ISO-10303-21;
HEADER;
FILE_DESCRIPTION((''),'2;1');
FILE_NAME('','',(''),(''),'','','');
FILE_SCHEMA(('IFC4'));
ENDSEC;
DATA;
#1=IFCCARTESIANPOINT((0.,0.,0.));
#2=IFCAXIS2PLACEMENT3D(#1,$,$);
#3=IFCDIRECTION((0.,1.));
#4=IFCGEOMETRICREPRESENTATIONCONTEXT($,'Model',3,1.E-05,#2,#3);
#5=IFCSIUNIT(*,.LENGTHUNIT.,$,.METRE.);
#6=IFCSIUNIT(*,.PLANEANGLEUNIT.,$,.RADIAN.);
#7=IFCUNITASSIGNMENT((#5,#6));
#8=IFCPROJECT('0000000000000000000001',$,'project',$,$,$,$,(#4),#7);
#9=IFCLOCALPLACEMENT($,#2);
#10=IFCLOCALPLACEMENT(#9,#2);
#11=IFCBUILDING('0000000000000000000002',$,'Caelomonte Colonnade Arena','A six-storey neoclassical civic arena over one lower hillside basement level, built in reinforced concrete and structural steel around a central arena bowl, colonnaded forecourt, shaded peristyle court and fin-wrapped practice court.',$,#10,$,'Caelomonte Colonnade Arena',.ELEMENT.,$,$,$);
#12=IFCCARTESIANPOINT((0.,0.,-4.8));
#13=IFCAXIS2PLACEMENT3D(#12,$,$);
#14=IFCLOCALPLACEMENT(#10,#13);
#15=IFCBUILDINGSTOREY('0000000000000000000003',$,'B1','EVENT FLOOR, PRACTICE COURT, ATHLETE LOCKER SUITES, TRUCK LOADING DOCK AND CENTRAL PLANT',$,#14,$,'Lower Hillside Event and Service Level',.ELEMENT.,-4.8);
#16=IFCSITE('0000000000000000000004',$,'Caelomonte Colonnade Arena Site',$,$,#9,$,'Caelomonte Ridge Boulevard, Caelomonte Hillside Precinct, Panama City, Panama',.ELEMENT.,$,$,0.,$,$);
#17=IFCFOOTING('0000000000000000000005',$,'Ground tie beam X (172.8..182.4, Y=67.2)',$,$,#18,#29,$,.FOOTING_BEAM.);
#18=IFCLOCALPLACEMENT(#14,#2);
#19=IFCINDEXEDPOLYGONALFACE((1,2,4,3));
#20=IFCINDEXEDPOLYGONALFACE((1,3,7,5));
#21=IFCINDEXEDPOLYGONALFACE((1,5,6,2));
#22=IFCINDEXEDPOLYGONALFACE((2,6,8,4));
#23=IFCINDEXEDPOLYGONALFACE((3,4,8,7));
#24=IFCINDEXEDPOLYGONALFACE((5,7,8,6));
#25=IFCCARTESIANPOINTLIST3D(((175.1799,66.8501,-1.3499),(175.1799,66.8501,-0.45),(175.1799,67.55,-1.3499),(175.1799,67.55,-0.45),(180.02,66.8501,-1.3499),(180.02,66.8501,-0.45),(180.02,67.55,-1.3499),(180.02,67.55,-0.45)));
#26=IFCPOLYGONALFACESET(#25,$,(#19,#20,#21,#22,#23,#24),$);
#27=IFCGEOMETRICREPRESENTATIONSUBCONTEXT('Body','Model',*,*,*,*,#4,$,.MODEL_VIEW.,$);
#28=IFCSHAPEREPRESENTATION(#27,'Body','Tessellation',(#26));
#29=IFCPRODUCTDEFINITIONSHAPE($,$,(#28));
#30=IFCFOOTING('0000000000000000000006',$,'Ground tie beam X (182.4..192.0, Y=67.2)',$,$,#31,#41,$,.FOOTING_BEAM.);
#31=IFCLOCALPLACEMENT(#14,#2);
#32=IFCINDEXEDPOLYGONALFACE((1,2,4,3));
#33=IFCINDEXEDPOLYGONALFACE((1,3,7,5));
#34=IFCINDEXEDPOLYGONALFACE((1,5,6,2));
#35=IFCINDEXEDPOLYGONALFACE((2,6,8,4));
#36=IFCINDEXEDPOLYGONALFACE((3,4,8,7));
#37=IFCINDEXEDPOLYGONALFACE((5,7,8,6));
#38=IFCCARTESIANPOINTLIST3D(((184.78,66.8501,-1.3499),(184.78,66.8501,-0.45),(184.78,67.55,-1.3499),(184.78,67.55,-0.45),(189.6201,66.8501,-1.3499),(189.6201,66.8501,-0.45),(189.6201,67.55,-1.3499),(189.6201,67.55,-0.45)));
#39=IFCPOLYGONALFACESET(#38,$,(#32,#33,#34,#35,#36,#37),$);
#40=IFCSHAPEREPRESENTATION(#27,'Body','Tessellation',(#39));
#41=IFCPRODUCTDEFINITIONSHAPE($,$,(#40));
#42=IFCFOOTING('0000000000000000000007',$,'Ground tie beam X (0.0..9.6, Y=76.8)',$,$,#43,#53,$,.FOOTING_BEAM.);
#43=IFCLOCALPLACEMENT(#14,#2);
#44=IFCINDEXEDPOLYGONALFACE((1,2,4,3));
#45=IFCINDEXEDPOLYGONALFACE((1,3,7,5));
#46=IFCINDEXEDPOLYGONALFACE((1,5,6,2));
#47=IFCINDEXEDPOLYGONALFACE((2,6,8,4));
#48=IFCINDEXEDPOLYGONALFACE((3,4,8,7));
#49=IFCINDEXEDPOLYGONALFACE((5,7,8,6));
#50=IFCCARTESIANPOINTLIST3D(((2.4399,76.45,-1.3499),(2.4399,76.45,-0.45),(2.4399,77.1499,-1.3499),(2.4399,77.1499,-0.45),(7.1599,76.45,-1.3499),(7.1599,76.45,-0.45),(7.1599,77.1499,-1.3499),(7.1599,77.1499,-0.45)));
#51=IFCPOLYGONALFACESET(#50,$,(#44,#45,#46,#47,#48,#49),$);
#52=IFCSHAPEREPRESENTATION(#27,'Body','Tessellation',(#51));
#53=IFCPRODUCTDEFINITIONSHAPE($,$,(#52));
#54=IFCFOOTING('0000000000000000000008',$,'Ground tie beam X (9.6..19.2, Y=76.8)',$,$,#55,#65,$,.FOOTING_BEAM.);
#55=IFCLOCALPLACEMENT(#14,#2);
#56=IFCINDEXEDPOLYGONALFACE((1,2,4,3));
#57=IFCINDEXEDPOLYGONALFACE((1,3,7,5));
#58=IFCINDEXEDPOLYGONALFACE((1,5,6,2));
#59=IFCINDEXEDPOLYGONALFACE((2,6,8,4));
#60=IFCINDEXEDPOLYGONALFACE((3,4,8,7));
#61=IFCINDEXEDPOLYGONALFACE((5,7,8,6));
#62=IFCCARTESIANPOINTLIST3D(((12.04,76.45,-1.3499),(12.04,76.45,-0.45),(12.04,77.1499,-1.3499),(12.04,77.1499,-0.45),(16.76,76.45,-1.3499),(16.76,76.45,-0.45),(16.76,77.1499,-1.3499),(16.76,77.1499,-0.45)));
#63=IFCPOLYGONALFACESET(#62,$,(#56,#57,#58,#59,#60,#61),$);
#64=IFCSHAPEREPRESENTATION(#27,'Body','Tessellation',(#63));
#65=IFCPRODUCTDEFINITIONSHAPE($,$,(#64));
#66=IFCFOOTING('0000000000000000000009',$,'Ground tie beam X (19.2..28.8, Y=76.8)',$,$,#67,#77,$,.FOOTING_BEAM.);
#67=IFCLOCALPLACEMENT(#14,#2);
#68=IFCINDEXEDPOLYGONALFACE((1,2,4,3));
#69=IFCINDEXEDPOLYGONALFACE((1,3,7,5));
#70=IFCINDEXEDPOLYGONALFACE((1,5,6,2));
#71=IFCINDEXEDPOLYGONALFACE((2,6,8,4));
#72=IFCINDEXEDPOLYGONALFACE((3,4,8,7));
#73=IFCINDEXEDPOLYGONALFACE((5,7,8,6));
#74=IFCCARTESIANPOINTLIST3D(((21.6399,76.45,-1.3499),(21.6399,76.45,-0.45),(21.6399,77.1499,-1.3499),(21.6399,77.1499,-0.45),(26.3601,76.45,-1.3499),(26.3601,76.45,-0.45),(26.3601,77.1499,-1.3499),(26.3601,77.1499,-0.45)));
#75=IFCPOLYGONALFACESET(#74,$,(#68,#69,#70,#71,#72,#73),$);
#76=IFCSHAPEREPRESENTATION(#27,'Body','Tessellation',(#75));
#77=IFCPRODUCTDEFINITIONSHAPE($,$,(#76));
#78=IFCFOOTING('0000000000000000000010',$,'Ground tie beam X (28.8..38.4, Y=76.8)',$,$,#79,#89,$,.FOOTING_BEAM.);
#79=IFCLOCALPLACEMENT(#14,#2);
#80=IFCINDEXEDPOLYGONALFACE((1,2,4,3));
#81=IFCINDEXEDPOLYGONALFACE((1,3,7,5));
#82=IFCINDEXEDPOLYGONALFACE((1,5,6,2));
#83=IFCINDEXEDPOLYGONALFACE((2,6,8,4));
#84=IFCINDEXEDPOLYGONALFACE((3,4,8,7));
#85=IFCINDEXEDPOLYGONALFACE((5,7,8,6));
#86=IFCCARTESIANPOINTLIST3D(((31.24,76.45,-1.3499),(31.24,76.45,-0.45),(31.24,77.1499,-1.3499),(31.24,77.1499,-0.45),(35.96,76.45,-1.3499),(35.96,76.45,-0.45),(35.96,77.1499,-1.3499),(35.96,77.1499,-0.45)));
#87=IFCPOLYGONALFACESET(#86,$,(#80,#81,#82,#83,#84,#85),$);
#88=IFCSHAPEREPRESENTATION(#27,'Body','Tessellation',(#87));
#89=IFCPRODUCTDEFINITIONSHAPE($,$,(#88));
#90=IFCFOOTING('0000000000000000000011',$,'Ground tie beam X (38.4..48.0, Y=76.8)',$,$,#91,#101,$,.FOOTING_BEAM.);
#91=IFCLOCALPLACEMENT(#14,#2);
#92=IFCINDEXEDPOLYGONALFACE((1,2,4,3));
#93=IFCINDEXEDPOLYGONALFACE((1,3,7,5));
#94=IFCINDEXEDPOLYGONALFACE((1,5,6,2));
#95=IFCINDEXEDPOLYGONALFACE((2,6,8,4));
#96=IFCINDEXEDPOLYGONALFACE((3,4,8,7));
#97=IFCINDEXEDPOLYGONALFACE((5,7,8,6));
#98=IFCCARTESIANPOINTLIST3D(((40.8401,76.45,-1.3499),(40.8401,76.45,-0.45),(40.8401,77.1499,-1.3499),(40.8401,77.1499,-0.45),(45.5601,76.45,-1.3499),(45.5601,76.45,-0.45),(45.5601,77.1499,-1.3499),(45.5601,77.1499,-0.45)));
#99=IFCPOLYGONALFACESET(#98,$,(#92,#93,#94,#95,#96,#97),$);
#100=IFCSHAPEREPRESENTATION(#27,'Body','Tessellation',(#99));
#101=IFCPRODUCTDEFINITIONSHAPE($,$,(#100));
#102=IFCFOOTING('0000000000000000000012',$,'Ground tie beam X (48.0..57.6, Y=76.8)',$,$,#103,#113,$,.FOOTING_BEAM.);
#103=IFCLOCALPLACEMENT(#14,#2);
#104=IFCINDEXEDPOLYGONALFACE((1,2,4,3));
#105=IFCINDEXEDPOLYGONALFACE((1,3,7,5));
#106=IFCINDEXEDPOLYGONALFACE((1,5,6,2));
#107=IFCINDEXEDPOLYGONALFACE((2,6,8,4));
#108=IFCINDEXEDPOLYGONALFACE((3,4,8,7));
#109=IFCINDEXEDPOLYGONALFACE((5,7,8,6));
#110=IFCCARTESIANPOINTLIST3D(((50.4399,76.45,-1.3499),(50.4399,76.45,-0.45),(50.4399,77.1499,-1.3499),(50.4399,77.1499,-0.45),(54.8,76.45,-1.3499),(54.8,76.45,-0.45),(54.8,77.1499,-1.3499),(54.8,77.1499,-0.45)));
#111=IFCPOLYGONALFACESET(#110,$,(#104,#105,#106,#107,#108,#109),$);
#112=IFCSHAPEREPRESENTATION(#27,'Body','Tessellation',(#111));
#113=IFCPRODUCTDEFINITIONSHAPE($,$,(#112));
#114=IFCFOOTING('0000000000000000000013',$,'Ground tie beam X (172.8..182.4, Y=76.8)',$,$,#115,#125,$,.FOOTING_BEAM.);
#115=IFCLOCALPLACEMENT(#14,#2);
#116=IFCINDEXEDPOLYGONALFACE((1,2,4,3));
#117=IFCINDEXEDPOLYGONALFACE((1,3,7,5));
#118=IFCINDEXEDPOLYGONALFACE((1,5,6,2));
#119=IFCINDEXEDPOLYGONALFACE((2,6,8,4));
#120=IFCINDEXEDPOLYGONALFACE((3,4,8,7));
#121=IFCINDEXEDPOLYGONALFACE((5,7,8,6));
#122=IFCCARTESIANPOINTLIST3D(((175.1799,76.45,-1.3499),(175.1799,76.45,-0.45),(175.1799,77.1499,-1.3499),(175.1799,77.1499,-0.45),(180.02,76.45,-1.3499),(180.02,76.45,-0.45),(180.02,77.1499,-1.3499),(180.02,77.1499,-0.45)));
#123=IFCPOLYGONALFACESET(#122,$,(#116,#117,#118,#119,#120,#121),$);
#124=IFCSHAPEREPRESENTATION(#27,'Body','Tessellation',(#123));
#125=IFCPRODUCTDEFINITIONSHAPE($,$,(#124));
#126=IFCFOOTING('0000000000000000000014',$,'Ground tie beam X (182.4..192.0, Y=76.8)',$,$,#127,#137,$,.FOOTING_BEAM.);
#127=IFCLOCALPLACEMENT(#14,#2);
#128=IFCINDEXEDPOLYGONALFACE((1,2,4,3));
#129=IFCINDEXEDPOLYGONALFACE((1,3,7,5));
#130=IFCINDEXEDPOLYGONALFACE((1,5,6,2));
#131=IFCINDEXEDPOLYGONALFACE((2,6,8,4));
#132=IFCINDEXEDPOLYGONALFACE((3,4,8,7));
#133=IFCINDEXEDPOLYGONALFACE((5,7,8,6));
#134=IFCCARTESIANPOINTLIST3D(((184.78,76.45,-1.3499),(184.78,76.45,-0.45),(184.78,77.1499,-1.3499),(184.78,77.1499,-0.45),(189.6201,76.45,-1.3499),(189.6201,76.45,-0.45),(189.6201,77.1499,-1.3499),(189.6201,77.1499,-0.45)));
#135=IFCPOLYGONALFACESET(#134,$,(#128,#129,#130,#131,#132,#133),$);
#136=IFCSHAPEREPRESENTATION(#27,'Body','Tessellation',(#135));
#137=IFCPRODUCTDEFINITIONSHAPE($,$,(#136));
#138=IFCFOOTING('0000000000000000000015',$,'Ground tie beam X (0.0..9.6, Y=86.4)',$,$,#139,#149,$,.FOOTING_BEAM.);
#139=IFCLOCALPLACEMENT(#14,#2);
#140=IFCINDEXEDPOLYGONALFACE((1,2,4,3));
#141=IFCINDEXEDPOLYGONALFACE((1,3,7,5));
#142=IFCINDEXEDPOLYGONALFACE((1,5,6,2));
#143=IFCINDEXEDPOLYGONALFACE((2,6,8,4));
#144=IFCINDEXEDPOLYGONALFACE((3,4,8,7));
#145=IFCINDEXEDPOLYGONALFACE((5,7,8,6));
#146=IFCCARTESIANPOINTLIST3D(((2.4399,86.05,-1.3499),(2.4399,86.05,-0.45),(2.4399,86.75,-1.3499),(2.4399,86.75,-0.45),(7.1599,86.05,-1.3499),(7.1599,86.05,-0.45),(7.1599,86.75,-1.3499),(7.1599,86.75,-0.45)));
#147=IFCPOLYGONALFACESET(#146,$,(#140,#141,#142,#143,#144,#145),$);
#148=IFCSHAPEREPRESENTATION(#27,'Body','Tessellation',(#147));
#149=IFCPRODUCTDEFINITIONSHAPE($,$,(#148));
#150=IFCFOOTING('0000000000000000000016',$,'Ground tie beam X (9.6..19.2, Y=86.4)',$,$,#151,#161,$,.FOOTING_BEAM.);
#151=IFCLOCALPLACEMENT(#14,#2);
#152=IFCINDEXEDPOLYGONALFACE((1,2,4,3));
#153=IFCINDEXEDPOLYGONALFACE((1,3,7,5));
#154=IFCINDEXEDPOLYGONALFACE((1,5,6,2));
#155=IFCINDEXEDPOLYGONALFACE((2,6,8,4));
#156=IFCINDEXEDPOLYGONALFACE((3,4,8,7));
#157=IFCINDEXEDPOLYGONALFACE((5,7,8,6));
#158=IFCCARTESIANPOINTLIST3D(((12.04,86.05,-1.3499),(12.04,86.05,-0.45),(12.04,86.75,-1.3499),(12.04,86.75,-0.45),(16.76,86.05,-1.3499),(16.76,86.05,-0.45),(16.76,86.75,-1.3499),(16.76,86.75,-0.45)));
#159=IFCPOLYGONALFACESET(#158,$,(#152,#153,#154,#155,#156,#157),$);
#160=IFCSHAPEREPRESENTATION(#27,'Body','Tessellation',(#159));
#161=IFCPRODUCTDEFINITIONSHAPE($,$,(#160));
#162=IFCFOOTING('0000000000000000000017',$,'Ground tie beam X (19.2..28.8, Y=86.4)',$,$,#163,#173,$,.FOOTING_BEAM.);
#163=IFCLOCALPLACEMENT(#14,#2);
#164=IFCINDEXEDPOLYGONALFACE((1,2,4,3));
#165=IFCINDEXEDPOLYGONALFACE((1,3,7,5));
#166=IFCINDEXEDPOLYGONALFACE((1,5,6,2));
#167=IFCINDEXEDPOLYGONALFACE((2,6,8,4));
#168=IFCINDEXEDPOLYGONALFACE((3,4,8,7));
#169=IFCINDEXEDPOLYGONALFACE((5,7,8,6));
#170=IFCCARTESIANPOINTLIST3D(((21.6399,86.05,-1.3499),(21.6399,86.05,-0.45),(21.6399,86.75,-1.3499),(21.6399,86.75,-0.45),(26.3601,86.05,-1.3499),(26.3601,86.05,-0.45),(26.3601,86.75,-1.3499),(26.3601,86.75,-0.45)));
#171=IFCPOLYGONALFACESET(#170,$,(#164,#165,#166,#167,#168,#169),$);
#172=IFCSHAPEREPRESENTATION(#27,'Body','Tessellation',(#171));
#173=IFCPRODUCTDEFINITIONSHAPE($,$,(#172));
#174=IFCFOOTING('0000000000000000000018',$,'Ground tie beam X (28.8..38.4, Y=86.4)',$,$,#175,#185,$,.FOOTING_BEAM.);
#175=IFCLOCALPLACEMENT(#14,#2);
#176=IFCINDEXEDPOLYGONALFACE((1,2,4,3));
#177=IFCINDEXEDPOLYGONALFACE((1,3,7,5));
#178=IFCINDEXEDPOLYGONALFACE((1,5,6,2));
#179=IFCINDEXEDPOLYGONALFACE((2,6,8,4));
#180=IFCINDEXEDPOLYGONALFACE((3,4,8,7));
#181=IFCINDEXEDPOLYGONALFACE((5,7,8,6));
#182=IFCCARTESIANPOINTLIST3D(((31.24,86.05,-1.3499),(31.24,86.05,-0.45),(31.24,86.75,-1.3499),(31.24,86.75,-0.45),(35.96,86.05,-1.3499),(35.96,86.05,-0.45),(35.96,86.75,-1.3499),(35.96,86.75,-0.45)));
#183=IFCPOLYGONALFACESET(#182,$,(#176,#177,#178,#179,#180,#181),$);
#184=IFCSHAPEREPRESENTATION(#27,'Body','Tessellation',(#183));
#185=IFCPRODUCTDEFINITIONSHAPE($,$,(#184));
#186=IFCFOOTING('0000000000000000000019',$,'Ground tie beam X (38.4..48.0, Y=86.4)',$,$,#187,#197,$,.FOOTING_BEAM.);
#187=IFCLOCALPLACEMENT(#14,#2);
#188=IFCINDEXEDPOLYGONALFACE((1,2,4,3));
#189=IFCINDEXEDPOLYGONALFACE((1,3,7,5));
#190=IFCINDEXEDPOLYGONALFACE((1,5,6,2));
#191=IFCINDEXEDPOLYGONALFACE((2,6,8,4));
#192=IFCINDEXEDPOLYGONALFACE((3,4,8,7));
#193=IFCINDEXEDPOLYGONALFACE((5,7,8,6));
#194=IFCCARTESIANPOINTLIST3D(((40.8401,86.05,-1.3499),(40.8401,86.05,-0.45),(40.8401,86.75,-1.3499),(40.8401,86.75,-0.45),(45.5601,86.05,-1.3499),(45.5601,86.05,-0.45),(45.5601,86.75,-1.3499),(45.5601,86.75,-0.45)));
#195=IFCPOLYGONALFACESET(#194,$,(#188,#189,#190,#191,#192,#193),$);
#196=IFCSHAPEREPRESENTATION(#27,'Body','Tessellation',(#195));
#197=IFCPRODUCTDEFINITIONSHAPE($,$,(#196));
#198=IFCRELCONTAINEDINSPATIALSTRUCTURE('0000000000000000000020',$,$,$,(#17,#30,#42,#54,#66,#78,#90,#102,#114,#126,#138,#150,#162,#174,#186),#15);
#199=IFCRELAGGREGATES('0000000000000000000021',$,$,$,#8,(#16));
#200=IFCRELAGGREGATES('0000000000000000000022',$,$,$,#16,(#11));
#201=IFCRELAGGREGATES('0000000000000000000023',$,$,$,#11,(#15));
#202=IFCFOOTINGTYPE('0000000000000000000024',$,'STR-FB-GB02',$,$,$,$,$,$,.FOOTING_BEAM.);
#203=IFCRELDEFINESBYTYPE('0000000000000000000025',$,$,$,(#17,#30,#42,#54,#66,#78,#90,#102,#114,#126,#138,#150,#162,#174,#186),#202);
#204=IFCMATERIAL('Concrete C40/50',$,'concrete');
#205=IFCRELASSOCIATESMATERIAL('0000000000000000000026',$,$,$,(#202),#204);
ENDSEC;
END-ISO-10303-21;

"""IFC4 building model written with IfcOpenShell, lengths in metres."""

from ifc_helpers import new_model, si_unit, direction, frame, origin, place, context, subcontext, project, spatial, polyline, outline, extrude, material, type_object, element, save


model = new_model("IFC4")

# Units and contexts
model_context = context("Model", 3, precision=1e-05, world=origin(), true_north=direction((0.0, 1.0)))
body_context = subcontext(model_context, "Body", "Model", "MODEL_VIEW")
ifc_project = project(units=[si_unit("LENGTHUNIT", "METRE"), si_unit("PLANEANGLEUNIT", "RADIAN")], contexts=[model_context])

# Site, building, storey
site_placement = place(None, origin())
site = spatial("IfcSite", under=ifc_project, at=site_placement, Name="Caelomonte Colonnade Arena Site", LongName="Caelomonte Ridge Boulevard, Caelomonte Hillside Precinct, Panama City, Panama", CompositionType="ELEMENT", RefElevation=0.0)
building_placement = place(site_placement, origin())
building = spatial("IfcBuilding", under=site, at=building_placement, Name="Caelomonte Colonnade Arena", Description="A six-storey neoclassical civic arena over one lower hillside basement level, built in reinforced concrete and structural steel around a central arena bowl, colonnaded forecourt, shaded peristyle court and fin-wrapped practice court.", LongName="Caelomonte Colonnade Arena", CompositionType="ELEMENT")
storey_placement = place(building_placement, frame((0.0, 0.0, -4.8)))
storey = spatial("IfcBuildingStorey", under=building, at=storey_placement, Name="B1", Description="EVENT FLOOR, PRACTICE COURT, ATHLETE LOCKER SUITES, TRUCK LOADING DOCK AND CENTRAL PLANT", LongName="Lower Hillside Event and Service Level", CompositionType="ELEMENT", Elevation=-4.8)

# Footings
ifc_material = material(Name="Concrete C40/50", Category="concrete")
footing_type = type_object("IfcFootingType", Name="STR-FB-GB02", PredefinedType="FOOTING_BEAM", material=ifc_material)
footing_1_placement = place(storey_placement, frame((0.0, 0.0, -1.3499)))
element("IfcFooting", 1, at=footing_1_placement, inside=storey, type_object=footing_type, Name="Ground tie beam X (172.8..182.4, Y=67.2)", PredefinedType="FOOTING_BEAM", context=body_context, shape_type="SweptSolid", body=[
    extrude(outline(polyline([(175.1799, 66.8501), (180.02, 66.8501), (180.02, 67.55), (175.1799, 67.55), (175.1799, 66.8501)])), origin(), (0.0, 0.0, 1.0), 0.8999),
])
footing_2_placement = place(storey_placement, frame((0.0, 0.0, -1.3499)))
element("IfcFooting", 2, at=footing_2_placement, inside=storey, type_object=footing_type, Name="Ground tie beam X (182.4..192.0, Y=67.2)", PredefinedType="FOOTING_BEAM", context=body_context, shape_type="SweptSolid", body=[
    extrude(outline(polyline([(184.78, 66.8501), (189.6201, 66.8501), (189.6201, 67.55), (184.78, 67.55), (184.78, 66.8501)])), origin(), (0.0, 0.0, 1.0), 0.8999),
])
footing_3_placement = place(storey_placement, frame((0.0, 0.0, -1.3499)))
element("IfcFooting", 3, at=footing_3_placement, inside=storey, type_object=footing_type, Name="Ground tie beam X (0.0..9.6, Y=76.8)", PredefinedType="FOOTING_BEAM", context=body_context, shape_type="SweptSolid", body=[
    extrude(outline(polyline([(2.4399, 76.45), (7.1599, 76.45), (7.1599, 77.1499), (2.4399, 77.1499), (2.4399, 76.45)])), origin(), (0.0, 0.0, 1.0), 0.8999),
])
footing_4_placement = place(storey_placement, frame((0.0, 0.0, -1.3499)))
element("IfcFooting", 4, at=footing_4_placement, inside=storey, type_object=footing_type, Name="Ground tie beam X (9.6..19.2, Y=76.8)", PredefinedType="FOOTING_BEAM", context=body_context, shape_type="SweptSolid", body=[
    extrude(outline(polyline([(12.04, 76.45), (16.76, 76.45), (16.76, 77.1499), (12.04, 77.1499), (12.04, 76.45)])), origin(), (0.0, 0.0, 1.0), 0.8999),
])
footing_5_placement = place(storey_placement, frame((0.0, 0.0, -1.3499)))
element("IfcFooting", 5, at=footing_5_placement, inside=storey, type_object=footing_type, Name="Ground tie beam X (19.2..28.8, Y=76.8)", PredefinedType="FOOTING_BEAM", context=body_context, shape_type="SweptSolid", body=[
    extrude(outline(polyline([(21.6399, 76.45), (26.3601, 76.45), (26.3601, 77.1499), (21.6399, 77.1499), (21.6399, 76.45)])), origin(), (0.0, 0.0, 1.0), 0.8999),
])
footing_6_placement = place(storey_placement, frame((0.0, 0.0, -1.3499)))
element("IfcFooting", 6, at=footing_6_placement, inside=storey, type_object=footing_type, Name="Ground tie beam X (28.8..38.4, Y=76.8)", PredefinedType="FOOTING_BEAM", context=body_context, shape_type="SweptSolid", body=[
    extrude(outline(polyline([(31.24, 76.45), (35.96, 76.45), (35.96, 77.1499), (31.24, 77.1499), (31.24, 76.45)])), origin(), (0.0, 0.0, 1.0), 0.8999),
])
footing_7_placement = place(storey_placement, frame((0.0, 0.0, -1.3499)))
element("IfcFooting", 7, at=footing_7_placement, inside=storey, type_object=footing_type, Name="Ground tie beam X (38.4..48.0, Y=76.8)", PredefinedType="FOOTING_BEAM", context=body_context, shape_type="SweptSolid", body=[
    extrude(outline(polyline([(40.8401, 76.45), (45.5601, 76.45), (45.5601, 77.1499), (40.8401, 77.1499), (40.8401, 76.45)])), origin(), (0.0, 0.0, 1.0), 0.8999),
])
footing_8_placement = place(storey_placement, frame((0.0, 0.0, -1.3499)))
element("IfcFooting", 8, at=footing_8_placement, inside=storey, type_object=footing_type, Name="Ground tie beam X (48.0..57.6, Y=76.8)", PredefinedType="FOOTING_BEAM", context=body_context, shape_type="SweptSolid", body=[
    extrude(outline(polyline([(50.4399, 76.45), (54.8, 76.45), (54.8, 77.1499), (50.4399, 77.1499), (50.4399, 76.45)])), origin(), (0.0, 0.0, 1.0), 0.8999),
])
footing_9_placement = place(storey_placement, frame((0.0, 0.0, -1.3499)))
element("IfcFooting", 9, at=footing_9_placement, inside=storey, type_object=footing_type, Name="Ground tie beam X (172.8..182.4, Y=76.8)", PredefinedType="FOOTING_BEAM", context=body_context, shape_type="SweptSolid", body=[
    extrude(outline(polyline([(175.1799, 76.45), (180.02, 76.45), (180.02, 77.1499), (175.1799, 77.1499), (175.1799, 76.45)])), origin(), (0.0, 0.0, 1.0), 0.8999),
])
footing_10_placement = place(storey_placement, frame((0.0, 0.0, -1.3499)))
element("IfcFooting", 10, at=footing_10_placement, inside=storey, type_object=footing_type, Name="Ground tie beam X (182.4..192.0, Y=76.8)", PredefinedType="FOOTING_BEAM", context=body_context, shape_type="SweptSolid", body=[
    extrude(outline(polyline([(184.78, 76.45), (189.6201, 76.45), (189.6201, 77.1499), (184.78, 77.1499), (184.78, 76.45)])), origin(), (0.0, 0.0, 1.0), 0.8999),
])
footing_11_placement = place(storey_placement, frame((0.0, 0.0, -1.3499)))
element("IfcFooting", 11, at=footing_11_placement, inside=storey, type_object=footing_type, Name="Ground tie beam X (0.0..9.6, Y=86.4)", PredefinedType="FOOTING_BEAM", context=body_context, shape_type="SweptSolid", body=[
    extrude(outline(polyline([(2.4399, 86.05), (7.1599, 86.05), (7.1599, 86.75), (2.4399, 86.75), (2.4399, 86.05)])), origin(), (0.0, 0.0, 1.0), 0.8999),
])
footing_12_placement = place(storey_placement, frame((0.0, 0.0, -1.3499)))
element("IfcFooting", 12, at=footing_12_placement, inside=storey, type_object=footing_type, Name="Ground tie beam X (9.6..19.2, Y=86.4)", PredefinedType="FOOTING_BEAM", context=body_context, shape_type="SweptSolid", body=[
    extrude(outline(polyline([(12.04, 86.05), (16.76, 86.05), (16.76, 86.75), (12.04, 86.75), (12.04, 86.05)])), origin(), (0.0, 0.0, 1.0), 0.8999),
])
footing_13_placement = place(storey_placement, frame((0.0, 0.0, -1.3499)))
element("IfcFooting", 13, at=footing_13_placement, inside=storey, type_object=footing_type, Name="Ground tie beam X (19.2..28.8, Y=86.4)", PredefinedType="FOOTING_BEAM", context=body_context, shape_type="SweptSolid", body=[
    extrude(outline(polyline([(21.6399, 86.05), (26.3601, 86.05), (26.3601, 86.75), (21.6399, 86.75), (21.6399, 86.05)])), origin(), (0.0, 0.0, 1.0), 0.8999),
])
footing_14_placement = place(storey_placement, frame((0.0, 0.0, -1.3499)))
element("IfcFooting", 14, at=footing_14_placement, inside=storey, type_object=footing_type, Name="Ground tie beam X (28.8..38.4, Y=86.4)", PredefinedType="FOOTING_BEAM", context=body_context, shape_type="SweptSolid", body=[
    extrude(outline(polyline([(31.24, 86.05), (35.96, 86.05), (35.96, 86.75), (31.24, 86.75), (31.24, 86.05)])), origin(), (0.0, 0.0, 1.0), 0.8999),
])
footing_15_placement = place(storey_placement, frame((0.0, 0.0, -1.3499)))
element("IfcFooting", 15, at=footing_15_placement, inside=storey, type_object=footing_type, Name="Ground tie beam X (38.4..48.0, Y=86.4)", PredefinedType="FOOTING_BEAM", context=body_context, shape_type="SweptSolid", body=[
    extrude(outline(polyline([(40.8401, 86.05), (45.5601, 86.05), (45.5601, 86.75), (40.8401, 86.75), (40.8401, 86.05)])), origin(), (0.0, 0.0, 1.0), 0.8999),
])

save(model, "model.ifc")
